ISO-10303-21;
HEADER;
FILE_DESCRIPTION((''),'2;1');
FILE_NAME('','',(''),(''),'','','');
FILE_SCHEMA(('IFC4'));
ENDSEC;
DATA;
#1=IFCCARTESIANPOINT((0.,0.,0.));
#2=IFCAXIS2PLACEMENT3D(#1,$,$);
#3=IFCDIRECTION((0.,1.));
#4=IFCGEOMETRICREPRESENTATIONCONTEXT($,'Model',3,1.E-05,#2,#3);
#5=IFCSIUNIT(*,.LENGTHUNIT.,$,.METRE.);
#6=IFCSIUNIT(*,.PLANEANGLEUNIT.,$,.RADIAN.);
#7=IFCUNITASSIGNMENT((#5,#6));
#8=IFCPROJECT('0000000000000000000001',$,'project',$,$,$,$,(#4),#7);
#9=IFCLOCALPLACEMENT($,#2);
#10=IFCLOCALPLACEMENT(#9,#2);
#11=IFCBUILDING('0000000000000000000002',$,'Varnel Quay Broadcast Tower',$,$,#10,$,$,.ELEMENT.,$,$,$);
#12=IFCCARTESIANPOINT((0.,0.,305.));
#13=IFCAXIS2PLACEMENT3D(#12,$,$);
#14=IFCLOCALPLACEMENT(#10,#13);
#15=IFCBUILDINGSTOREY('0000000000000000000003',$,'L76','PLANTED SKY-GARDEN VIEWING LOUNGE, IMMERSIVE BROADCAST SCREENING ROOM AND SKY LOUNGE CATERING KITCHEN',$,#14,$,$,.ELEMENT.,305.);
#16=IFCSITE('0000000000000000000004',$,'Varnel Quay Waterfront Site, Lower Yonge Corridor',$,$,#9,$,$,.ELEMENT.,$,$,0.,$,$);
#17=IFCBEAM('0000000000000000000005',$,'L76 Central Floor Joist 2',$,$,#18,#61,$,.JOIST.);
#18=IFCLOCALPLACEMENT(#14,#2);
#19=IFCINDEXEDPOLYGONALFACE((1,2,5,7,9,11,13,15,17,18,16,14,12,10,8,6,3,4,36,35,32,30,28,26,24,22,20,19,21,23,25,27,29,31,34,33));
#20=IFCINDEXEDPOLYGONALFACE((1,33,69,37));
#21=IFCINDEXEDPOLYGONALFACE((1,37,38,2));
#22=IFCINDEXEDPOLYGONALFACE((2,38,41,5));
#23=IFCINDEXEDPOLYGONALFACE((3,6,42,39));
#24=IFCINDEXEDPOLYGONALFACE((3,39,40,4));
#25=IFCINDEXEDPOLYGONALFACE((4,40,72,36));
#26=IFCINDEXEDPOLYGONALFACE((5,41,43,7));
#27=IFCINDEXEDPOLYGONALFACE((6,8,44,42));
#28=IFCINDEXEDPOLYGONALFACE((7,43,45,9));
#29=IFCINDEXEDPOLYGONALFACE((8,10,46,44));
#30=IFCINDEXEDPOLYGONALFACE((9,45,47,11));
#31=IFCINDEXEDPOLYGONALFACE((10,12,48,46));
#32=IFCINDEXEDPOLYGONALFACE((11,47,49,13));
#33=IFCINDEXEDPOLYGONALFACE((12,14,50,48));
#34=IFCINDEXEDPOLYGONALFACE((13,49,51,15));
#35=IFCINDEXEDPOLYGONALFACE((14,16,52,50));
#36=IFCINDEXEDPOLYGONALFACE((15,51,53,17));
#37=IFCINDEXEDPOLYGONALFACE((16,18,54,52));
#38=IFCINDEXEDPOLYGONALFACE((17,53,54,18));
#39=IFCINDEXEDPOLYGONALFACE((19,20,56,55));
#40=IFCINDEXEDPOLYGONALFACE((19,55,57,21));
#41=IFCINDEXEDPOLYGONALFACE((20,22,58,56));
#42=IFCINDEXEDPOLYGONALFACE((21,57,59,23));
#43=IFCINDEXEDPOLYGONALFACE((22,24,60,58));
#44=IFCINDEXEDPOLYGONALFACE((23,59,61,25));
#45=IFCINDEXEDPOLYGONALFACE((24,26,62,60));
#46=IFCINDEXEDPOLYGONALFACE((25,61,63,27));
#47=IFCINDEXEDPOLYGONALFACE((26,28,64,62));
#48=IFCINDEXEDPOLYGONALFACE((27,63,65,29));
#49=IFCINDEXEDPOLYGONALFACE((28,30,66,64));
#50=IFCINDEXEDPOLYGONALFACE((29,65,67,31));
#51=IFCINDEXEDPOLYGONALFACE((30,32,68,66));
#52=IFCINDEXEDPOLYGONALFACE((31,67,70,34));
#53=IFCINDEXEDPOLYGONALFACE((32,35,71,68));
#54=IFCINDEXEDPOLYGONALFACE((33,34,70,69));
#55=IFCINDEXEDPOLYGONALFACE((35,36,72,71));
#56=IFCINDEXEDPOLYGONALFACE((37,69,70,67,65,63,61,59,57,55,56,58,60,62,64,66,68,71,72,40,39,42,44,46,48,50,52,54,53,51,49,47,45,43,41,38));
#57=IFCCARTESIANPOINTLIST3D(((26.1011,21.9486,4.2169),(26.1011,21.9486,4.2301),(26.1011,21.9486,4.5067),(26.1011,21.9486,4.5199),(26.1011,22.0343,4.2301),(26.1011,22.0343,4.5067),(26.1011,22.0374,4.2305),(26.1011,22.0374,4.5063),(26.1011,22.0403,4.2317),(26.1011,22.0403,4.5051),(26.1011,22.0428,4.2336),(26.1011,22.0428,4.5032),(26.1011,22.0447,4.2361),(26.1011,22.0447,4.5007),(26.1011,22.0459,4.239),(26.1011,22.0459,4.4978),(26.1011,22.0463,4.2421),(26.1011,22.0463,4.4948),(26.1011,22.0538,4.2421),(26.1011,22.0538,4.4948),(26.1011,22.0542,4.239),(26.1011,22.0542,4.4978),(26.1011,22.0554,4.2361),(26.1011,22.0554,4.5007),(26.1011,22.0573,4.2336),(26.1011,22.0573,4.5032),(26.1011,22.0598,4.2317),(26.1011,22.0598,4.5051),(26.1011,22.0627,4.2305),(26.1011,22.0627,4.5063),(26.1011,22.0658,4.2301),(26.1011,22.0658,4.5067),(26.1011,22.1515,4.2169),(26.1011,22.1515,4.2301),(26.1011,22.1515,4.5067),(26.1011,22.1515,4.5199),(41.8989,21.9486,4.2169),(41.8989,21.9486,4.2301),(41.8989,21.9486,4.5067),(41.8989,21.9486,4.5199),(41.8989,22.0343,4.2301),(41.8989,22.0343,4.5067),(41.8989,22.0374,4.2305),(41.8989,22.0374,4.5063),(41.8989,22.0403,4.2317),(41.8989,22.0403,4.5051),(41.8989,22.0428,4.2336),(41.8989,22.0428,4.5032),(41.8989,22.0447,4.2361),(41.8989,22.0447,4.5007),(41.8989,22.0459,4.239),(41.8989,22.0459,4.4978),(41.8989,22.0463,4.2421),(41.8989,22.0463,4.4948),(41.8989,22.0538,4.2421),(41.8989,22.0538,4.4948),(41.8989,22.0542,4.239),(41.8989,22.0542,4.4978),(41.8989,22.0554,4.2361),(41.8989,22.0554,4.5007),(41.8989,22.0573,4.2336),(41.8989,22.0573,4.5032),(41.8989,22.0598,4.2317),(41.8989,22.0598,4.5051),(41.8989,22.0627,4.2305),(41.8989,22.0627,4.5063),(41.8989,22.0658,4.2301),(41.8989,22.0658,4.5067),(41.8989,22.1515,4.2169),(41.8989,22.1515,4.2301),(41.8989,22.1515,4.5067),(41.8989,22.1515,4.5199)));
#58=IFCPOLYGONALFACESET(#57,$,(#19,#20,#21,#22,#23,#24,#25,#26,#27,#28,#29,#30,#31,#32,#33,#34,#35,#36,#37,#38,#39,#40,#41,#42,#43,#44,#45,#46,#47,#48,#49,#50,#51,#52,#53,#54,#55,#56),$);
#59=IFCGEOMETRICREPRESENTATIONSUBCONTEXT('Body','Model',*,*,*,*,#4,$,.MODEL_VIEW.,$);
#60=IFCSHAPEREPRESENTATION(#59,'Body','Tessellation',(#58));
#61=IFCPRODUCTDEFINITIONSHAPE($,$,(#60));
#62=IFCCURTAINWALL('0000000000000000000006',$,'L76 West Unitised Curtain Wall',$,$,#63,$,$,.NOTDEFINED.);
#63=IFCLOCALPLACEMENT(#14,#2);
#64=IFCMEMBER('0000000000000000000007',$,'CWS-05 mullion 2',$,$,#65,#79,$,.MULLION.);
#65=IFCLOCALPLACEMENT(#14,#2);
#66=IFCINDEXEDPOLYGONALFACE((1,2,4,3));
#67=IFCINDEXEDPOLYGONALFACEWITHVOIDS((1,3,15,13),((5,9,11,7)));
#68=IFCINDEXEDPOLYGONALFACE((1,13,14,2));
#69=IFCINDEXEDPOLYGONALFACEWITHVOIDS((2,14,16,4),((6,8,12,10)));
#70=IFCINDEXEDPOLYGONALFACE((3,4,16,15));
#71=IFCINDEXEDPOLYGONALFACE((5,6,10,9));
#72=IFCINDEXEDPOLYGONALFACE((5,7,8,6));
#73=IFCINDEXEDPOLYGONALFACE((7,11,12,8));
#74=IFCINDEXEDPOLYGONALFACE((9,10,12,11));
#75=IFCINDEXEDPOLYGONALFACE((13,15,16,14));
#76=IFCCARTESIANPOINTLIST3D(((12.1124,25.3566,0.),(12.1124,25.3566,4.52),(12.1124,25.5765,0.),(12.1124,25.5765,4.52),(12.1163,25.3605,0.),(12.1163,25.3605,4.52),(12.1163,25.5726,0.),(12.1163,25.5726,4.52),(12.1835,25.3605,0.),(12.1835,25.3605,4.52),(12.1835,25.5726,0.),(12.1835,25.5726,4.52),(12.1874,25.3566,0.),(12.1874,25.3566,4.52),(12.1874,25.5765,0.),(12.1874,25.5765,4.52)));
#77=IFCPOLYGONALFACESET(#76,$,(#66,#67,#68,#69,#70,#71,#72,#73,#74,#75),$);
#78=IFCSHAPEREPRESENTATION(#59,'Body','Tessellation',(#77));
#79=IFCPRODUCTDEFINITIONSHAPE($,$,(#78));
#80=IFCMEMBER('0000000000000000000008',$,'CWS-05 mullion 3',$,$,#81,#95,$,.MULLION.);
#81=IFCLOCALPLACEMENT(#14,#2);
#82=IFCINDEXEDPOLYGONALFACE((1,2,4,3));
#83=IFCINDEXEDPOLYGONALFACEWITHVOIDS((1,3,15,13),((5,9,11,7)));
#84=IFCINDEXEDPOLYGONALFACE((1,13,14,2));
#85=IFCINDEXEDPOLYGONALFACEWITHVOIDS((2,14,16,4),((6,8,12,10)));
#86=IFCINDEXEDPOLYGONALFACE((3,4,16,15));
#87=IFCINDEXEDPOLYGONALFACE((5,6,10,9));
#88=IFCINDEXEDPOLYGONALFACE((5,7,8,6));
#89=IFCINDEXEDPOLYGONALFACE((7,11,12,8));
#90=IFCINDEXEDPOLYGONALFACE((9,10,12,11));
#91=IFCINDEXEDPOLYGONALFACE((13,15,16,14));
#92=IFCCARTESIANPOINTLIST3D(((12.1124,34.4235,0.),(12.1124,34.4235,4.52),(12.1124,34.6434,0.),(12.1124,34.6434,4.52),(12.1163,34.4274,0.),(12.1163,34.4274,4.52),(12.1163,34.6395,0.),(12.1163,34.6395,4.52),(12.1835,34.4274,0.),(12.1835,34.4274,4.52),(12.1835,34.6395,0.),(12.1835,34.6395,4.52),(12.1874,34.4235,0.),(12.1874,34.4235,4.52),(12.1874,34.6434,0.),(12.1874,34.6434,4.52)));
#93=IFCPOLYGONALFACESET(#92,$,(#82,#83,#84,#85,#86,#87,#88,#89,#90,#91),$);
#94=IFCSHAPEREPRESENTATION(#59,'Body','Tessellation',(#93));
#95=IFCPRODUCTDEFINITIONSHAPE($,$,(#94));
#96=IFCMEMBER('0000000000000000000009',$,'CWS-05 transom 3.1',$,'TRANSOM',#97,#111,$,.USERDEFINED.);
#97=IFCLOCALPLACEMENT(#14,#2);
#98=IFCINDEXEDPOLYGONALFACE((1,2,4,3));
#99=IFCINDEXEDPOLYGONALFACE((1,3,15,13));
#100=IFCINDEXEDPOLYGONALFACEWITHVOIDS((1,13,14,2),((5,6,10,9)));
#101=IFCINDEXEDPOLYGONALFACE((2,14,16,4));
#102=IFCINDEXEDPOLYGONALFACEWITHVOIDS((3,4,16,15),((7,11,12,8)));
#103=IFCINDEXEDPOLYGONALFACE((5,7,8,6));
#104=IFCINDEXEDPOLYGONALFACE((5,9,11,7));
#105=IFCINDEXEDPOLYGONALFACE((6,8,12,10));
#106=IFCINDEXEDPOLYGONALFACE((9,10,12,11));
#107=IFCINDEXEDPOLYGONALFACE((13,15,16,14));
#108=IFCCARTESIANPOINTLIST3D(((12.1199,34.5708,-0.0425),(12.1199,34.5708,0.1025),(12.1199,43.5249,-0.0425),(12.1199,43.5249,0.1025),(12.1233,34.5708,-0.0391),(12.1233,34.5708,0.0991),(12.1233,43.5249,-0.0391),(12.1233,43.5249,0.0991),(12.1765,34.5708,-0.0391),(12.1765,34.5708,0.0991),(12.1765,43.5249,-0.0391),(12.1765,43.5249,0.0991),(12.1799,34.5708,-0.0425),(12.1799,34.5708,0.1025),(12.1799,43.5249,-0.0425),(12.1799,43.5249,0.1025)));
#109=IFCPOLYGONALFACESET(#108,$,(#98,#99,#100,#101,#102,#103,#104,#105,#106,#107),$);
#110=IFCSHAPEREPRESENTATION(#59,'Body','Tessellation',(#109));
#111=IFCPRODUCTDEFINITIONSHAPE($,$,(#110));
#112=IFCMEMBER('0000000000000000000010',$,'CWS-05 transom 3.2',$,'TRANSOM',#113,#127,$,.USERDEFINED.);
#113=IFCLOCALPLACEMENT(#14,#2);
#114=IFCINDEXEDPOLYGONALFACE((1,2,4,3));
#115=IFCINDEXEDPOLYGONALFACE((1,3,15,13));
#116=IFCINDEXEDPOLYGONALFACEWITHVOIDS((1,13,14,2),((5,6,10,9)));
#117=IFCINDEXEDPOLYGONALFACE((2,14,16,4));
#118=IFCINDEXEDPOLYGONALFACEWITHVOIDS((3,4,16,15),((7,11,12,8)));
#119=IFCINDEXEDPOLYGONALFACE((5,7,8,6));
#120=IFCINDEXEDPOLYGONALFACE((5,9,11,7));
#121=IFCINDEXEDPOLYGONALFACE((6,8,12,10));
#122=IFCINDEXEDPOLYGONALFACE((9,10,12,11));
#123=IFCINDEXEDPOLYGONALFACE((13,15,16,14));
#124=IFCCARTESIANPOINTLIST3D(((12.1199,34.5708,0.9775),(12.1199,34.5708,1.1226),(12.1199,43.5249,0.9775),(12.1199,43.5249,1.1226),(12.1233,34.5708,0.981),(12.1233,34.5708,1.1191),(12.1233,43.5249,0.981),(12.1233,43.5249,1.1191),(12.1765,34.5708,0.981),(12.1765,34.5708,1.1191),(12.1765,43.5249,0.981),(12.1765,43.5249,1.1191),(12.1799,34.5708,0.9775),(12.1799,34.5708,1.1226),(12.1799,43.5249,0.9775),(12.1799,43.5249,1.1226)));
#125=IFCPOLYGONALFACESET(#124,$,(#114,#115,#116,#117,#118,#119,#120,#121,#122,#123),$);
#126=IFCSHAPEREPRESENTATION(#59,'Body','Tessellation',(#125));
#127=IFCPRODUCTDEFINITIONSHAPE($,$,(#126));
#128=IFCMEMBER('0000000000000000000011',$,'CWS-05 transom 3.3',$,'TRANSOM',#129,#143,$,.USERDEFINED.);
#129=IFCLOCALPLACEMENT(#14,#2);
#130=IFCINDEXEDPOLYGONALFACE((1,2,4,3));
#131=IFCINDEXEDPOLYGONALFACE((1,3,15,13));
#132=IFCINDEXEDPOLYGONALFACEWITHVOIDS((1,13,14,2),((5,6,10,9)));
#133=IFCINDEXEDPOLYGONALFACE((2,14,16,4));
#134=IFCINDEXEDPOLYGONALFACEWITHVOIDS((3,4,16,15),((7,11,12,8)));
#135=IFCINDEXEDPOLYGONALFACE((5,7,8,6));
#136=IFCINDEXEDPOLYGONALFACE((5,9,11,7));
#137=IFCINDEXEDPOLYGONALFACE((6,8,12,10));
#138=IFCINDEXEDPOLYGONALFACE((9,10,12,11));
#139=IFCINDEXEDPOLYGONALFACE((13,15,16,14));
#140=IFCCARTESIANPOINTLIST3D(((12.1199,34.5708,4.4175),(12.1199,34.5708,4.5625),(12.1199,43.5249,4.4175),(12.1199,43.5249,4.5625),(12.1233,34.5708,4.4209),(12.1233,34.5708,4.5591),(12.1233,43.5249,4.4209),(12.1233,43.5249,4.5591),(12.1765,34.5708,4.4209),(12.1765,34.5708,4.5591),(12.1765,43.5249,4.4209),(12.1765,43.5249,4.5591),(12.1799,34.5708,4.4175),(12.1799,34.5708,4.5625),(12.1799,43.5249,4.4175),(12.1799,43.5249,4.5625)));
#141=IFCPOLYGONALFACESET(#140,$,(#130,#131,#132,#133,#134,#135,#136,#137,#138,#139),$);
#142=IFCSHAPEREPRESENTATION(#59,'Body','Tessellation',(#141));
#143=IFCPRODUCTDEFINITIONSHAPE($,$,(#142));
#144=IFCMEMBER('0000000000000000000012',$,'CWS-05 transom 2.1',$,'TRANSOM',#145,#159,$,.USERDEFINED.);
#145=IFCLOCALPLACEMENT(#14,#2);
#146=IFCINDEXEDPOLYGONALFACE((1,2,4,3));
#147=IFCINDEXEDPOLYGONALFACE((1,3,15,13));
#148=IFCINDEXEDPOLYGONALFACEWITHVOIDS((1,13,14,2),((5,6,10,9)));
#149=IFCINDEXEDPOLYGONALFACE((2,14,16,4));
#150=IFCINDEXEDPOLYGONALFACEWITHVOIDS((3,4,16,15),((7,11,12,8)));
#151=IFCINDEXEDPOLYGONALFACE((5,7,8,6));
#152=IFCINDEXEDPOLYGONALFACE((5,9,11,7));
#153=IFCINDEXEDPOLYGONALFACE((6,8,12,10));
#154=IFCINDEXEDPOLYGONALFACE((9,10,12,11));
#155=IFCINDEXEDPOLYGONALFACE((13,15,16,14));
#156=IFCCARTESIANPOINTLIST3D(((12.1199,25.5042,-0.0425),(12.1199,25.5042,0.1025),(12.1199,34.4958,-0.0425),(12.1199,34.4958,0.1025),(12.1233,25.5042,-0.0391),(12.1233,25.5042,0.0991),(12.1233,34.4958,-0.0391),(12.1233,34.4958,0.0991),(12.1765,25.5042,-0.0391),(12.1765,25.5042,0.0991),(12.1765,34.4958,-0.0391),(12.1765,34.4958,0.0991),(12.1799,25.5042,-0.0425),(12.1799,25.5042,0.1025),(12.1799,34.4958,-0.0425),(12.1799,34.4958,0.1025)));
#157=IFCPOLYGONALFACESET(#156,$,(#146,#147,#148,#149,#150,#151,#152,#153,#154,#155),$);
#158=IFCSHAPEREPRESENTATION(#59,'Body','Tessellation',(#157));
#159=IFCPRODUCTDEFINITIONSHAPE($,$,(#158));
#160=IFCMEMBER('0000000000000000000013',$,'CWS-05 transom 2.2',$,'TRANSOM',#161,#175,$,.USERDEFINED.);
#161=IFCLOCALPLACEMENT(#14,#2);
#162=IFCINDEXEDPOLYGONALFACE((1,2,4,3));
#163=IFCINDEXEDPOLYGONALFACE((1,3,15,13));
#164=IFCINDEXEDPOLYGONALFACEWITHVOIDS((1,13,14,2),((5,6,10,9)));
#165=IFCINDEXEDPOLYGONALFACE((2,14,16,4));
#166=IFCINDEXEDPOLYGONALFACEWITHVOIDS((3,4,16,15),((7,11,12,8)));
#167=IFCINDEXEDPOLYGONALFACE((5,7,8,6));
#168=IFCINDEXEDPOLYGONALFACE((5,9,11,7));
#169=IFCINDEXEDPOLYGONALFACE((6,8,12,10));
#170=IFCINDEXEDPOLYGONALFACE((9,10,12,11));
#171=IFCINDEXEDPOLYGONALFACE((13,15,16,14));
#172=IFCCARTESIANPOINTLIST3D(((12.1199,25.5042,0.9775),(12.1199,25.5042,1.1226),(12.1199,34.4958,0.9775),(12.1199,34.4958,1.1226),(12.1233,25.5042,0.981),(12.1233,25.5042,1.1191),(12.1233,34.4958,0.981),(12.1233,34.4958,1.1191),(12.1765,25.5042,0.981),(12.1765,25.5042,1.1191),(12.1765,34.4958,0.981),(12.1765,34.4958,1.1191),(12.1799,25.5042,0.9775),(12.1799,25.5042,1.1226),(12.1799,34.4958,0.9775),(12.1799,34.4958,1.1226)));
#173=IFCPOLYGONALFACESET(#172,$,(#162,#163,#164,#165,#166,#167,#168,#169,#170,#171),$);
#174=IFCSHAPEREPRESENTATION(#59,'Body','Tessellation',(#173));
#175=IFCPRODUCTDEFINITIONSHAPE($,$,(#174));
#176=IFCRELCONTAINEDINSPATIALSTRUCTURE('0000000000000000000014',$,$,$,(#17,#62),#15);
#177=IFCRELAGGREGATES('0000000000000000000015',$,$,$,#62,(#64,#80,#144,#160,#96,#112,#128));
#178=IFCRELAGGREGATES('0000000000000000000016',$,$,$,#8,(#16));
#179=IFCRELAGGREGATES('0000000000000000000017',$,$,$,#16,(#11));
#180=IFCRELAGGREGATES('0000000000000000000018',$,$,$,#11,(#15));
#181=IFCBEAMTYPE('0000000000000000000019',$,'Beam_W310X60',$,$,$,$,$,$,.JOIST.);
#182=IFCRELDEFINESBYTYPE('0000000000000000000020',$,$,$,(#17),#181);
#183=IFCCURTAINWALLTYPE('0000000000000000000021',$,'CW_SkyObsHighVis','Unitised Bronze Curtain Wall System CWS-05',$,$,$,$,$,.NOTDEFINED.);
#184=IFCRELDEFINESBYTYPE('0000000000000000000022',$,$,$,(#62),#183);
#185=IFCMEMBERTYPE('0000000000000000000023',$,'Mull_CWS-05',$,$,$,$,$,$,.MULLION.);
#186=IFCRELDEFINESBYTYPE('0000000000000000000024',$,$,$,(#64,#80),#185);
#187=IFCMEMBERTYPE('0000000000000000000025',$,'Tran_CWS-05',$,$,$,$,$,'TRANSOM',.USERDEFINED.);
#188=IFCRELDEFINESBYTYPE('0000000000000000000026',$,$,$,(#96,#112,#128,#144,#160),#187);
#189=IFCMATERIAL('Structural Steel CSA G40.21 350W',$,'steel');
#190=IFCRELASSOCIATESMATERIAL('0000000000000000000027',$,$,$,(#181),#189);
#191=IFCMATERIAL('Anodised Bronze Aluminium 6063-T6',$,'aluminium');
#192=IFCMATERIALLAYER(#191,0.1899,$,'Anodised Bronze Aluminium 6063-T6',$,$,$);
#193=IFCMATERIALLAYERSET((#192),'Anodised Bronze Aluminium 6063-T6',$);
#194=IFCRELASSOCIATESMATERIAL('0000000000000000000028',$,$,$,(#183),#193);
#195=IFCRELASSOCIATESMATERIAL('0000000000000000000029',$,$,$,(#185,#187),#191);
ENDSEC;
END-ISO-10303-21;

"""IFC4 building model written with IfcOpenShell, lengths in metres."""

from ifc_helpers import new_model, si_unit, direction, frame, origin, origin_2d, place, context, subcontext, project, spatial, hollow_rectangle, i_section, extrude, source, transform, mapped, material, layer, layer_set, material_profile, profile_set, type_object, type_shapes, element, aggregate, save


model = new_model("IFC4")

# Units and contexts
model_context = context("Model", 3, precision=1e-05, world=origin(), true_north=direction((0.0, 1.0)))
body_context = subcontext(model_context, "Body", "Model", "MODEL_VIEW")
ifc_project = project(units=[si_unit("LENGTHUNIT", "METRE"), si_unit("PLANEANGLEUNIT", "RADIAN")], contexts=[model_context])

# Site, building, storey
site_placement = place(None, origin())
site = spatial("IfcSite", under=ifc_project, at=site_placement, Name="Varnel Quay Waterfront Site, Lower Yonge Corridor", CompositionType="ELEMENT", RefElevation=0.0)
building_placement = place(site_placement, origin())
building = spatial("IfcBuilding", under=site, at=building_placement, Name="Varnel Quay Broadcast Tower", CompositionType="ELEMENT")
storey_placement = place(building_placement, frame((0.0, 0.0, 305.0)))
storey = spatial("IfcBuildingStorey", under=building, at=storey_placement, Name="L76", Description="PLANTED SKY-GARDEN VIEWING LOUNGE, IMMERSIVE BROADCAST SCREENING ROOM AND SKY LOUNGE CATERING KITCHEN", CompositionType="ELEMENT", Elevation=305.0)

# Shared definitions
ifc_material_1 = material(Name="Structural Steel CSA G40.21 350W", Category="steel")

# Beam
ifc_material_profile_1 = material_profile(ifc_material_1, i_section(OverallWidth=0.2029, OverallDepth=0.303, WebThickness=0.0076, FlangeThickness=0.0132, FilletRadius=0.012, at=origin_2d()), Name="W310X60")
ifc_profile_set_1 = profile_set([ifc_material_profile_1], Name="Structural Steel CSA G40.21 350W")
beam_type_1 = type_object("IfcBeamType", Name="Beam_W310X60", PredefinedType="JOIST", material=ifc_profile_set_1)
shared_shape_1 = source(origin(), body_context, "Body", "SweptSolid", [
    extrude(i_section(OverallWidth=0.2029, OverallDepth=0.303, WebThickness=0.0076, FlangeThickness=0.0132, FilletRadius=0.012, at=origin_2d()), origin(), (0.0, 0.0, 1.0), 15.7979),
])
type_shapes(beam_type_1, [shared_shape_1])
beam_1_placement = place(storey_placement, frame((26.1011, 22.05, 4.3684), z_axis=(1.0, 0.0, 0.0), x_axis=(0.0, 1.0, 0.0)))
element("IfcBeam", 1, at=beam_1_placement, inside=storey, type_object=beam_type_1, Name="L76 Central Floor Joist 2", PredefinedType="JOIST", context=body_context, shape_type="MappedRepresentation", body=[
    mapped(shared_shape_1, transform((0.0, 0.0, 0.0), x_axis=(1.0, 0.0, 0.0), y_axis=(0.0, 1.0, 0.0), z_axis=(0.0, 0.0, 1.0), scale=1.0)),
])

# Curtain wall, members
ifc_material_2 = material(Name="Anodised Bronze Aluminium 6063-T6", Category="aluminium")
ifc_layer_1 = layer(ifc_material_2, 0.1899, Name="Anodised Bronze Aluminium 6063-T6")
ifc_layer_set_1 = layer_set([ifc_layer_1], Name="Anodised Bronze Aluminium 6063-T6")
curtain_wall_type = type_object("IfcCurtainWallType", Name="CW_SkyObsHighVis", Description="Unitised Bronze Curtain Wall System CWS-05", PredefinedType="NOTDEFINED", material=ifc_layer_set_1)
curtain_wall_placement = place(storey_placement, origin())
curtain_wall = element("IfcCurtainWall", 2, at=curtain_wall_placement, inside=storey, type_object=curtain_wall_type, Name="L76 West Unitised Curtain Wall", PredefinedType="NOTDEFINED")
ifc_material_profile_2 = material_profile(ifc_material_2, hollow_rectangle(XDim=0.075, YDim=0.22, WallThickness=0.0039, at=origin_2d()), Name="ALU75X220X4")
ifc_profile_set_2 = profile_set([ifc_material_profile_2], Name="Anodised Bronze Aluminium 6063-T6")
member_type_1 = type_object("IfcMemberType", Name="Mull_CWS-05", PredefinedType="MULLION", material=ifc_profile_set_2)
shared_shape_2 = source(origin(), body_context, "Body", "SweptSolid", [
    extrude(hollow_rectangle(XDim=0.075, YDim=0.22, WallThickness=0.0039, at=origin_2d()), origin(), (0.0, 0.0, 1.0), 4.52),
])
type_shapes(member_type_1, [shared_shape_2])
member_1_placement = place(storey_placement, frame((12.1499, 25.4666, 0.0), z_axis=(0.0, 0.0, 1.0), x_axis=(-1.0, 0.0, 0.0)))
member_1 = element("IfcMember", 3, at=member_1_placement, type_object=member_type_1, Name="CWS-05 mullion 2", PredefinedType="MULLION", context=body_context, shape_type="MappedRepresentation", body=[
    mapped(shared_shape_2, transform((0.0, 0.0, 0.0), x_axis=(1.0, 0.0, 0.0), y_axis=(0.0, 1.0, 0.0), z_axis=(0.0, 0.0, 1.0), scale=1.0)),
])
member_2_placement = place(storey_placement, frame((12.1499, 34.5334, 0.0), z_axis=(0.0, 0.0, 1.0), x_axis=(-1.0, 0.0, 0.0)))
member_2 = element("IfcMember", 4, at=member_2_placement, type_object=member_type_1, Name="CWS-05 mullion 3", PredefinedType="MULLION", context=body_context, shape_type="MappedRepresentation", body=[
    mapped(shared_shape_2, transform((0.0, 0.0, 0.0), x_axis=(1.0, 0.0, 0.0), y_axis=(0.0, 1.0, 0.0), z_axis=(0.0, 0.0, 1.0), scale=1.0)),
])
ifc_material_profile_3 = material_profile(ifc_material_2, hollow_rectangle(XDim=0.0601, YDim=0.145, WallThickness=0.0034, at=origin_2d()), Name="ALU60X145X3.5")
ifc_profile_set_3 = profile_set([ifc_material_profile_3], Name="Anodised Bronze Aluminium 6063-T6")
member_type_2 = type_object("IfcMemberType", Name="Tran_CWS-05", ElementType="TRANSOM", PredefinedType="USERDEFINED", material=ifc_profile_set_3)
shared_shape_3 = source(origin(), body_context, "Body", "SweptSolid", [
    extrude(hollow_rectangle(XDim=0.0601, YDim=0.145, WallThickness=0.0034, at=origin_2d()), origin(), (0.0, 0.0, 1.0), 8.9541),
])
member_3_placement = place(storey_placement, frame((12.1499, 34.5708, 0.03), z_axis=(0.0, 1.0, 0.0), x_axis=(-1.0, 0.0, 0.0)))
member_3 = element("IfcMember", 5, at=member_3_placement, type_object=member_type_2, Name="CWS-05 transom 3.1", ObjectType="TRANSOM", PredefinedType="USERDEFINED", context=body_context, shape_type="MappedRepresentation", body=[
    mapped(shared_shape_3, transform((0.0, 0.0, 0.0), x_axis=(1.0, 0.0, 0.0), y_axis=(0.0, 1.0, 0.0), z_axis=(0.0, 0.0, 1.0), scale=1.0)),
])
member_4_placement = place(storey_placement, frame((12.1499, 34.5708, 1.05), z_axis=(0.0, 1.0, 0.0), x_axis=(-1.0, 0.0, 0.0)))
member_4 = element("IfcMember", 6, at=member_4_placement, type_object=member_type_2, Name="CWS-05 transom 3.2", ObjectType="TRANSOM", PredefinedType="USERDEFINED", context=body_context, shape_type="MappedRepresentation", body=[
    mapped(shared_shape_3, transform((0.0, 0.0, 0.0), x_axis=(1.0, 0.0, 0.0), y_axis=(0.0, 1.0, 0.0), z_axis=(0.0, 0.0, 1.0), scale=1.0)),
])
member_5_placement = place(storey_placement, frame((12.1499, 34.5708, 4.49), z_axis=(0.0, 1.0, 0.0), x_axis=(-1.0, 0.0, 0.0)))
member_5 = element("IfcMember", 7, at=member_5_placement, type_object=member_type_2, Name="CWS-05 transom 3.3", ObjectType="TRANSOM", PredefinedType="USERDEFINED", context=body_context, shape_type="MappedRepresentation", body=[
    mapped(shared_shape_3, transform((0.0, 0.0, 0.0), x_axis=(1.0, 0.0, 0.0), y_axis=(0.0, 1.0, 0.0), z_axis=(0.0, 0.0, 1.0), scale=1.0)),
])
shared_shape_4 = source(origin(), body_context, "Body", "SweptSolid", [
    extrude(hollow_rectangle(XDim=0.0601, YDim=0.145, WallThickness=0.0034, at=origin_2d()), origin(), (0.0, 0.0, 1.0), 8.9917),
])
type_shapes(member_type_2, [shared_shape_3, shared_shape_4])
member_6_placement = place(storey_placement, frame((12.1499, 25.5042, 0.03), z_axis=(0.0, 1.0, 0.0), x_axis=(-1.0, 0.0, 0.0)))
member_6 = element("IfcMember", 8, at=member_6_placement, type_object=member_type_2, Name="CWS-05 transom 2.1", ObjectType="TRANSOM", PredefinedType="USERDEFINED", context=body_context, shape_type="MappedRepresentation", body=[
    mapped(shared_shape_4, transform((0.0, 0.0, 0.0), x_axis=(1.0, 0.0, 0.0), y_axis=(0.0, 1.0, 0.0), z_axis=(0.0, 0.0, 1.0), scale=1.0)),
])
member_7_placement = place(storey_placement, frame((12.1499, 25.5042, 1.05), z_axis=(0.0, 1.0, 0.0), x_axis=(-1.0, 0.0, 0.0)))
member_7 = element("IfcMember", 9, at=member_7_placement, type_object=member_type_2, Name="CWS-05 transom 2.2", ObjectType="TRANSOM", PredefinedType="USERDEFINED", context=body_context, shape_type="MappedRepresentation", body=[
    mapped(shared_shape_4, transform((0.0, 0.0, 0.0), x_axis=(1.0, 0.0, 0.0), y_axis=(0.0, 1.0, 0.0), z_axis=(0.0, 0.0, 1.0), scale=1.0)),
])
aggregate(curtain_wall, [member_1, member_2, member_6, member_7, member_3, member_4, member_5])

save(model, "model.ifc")
